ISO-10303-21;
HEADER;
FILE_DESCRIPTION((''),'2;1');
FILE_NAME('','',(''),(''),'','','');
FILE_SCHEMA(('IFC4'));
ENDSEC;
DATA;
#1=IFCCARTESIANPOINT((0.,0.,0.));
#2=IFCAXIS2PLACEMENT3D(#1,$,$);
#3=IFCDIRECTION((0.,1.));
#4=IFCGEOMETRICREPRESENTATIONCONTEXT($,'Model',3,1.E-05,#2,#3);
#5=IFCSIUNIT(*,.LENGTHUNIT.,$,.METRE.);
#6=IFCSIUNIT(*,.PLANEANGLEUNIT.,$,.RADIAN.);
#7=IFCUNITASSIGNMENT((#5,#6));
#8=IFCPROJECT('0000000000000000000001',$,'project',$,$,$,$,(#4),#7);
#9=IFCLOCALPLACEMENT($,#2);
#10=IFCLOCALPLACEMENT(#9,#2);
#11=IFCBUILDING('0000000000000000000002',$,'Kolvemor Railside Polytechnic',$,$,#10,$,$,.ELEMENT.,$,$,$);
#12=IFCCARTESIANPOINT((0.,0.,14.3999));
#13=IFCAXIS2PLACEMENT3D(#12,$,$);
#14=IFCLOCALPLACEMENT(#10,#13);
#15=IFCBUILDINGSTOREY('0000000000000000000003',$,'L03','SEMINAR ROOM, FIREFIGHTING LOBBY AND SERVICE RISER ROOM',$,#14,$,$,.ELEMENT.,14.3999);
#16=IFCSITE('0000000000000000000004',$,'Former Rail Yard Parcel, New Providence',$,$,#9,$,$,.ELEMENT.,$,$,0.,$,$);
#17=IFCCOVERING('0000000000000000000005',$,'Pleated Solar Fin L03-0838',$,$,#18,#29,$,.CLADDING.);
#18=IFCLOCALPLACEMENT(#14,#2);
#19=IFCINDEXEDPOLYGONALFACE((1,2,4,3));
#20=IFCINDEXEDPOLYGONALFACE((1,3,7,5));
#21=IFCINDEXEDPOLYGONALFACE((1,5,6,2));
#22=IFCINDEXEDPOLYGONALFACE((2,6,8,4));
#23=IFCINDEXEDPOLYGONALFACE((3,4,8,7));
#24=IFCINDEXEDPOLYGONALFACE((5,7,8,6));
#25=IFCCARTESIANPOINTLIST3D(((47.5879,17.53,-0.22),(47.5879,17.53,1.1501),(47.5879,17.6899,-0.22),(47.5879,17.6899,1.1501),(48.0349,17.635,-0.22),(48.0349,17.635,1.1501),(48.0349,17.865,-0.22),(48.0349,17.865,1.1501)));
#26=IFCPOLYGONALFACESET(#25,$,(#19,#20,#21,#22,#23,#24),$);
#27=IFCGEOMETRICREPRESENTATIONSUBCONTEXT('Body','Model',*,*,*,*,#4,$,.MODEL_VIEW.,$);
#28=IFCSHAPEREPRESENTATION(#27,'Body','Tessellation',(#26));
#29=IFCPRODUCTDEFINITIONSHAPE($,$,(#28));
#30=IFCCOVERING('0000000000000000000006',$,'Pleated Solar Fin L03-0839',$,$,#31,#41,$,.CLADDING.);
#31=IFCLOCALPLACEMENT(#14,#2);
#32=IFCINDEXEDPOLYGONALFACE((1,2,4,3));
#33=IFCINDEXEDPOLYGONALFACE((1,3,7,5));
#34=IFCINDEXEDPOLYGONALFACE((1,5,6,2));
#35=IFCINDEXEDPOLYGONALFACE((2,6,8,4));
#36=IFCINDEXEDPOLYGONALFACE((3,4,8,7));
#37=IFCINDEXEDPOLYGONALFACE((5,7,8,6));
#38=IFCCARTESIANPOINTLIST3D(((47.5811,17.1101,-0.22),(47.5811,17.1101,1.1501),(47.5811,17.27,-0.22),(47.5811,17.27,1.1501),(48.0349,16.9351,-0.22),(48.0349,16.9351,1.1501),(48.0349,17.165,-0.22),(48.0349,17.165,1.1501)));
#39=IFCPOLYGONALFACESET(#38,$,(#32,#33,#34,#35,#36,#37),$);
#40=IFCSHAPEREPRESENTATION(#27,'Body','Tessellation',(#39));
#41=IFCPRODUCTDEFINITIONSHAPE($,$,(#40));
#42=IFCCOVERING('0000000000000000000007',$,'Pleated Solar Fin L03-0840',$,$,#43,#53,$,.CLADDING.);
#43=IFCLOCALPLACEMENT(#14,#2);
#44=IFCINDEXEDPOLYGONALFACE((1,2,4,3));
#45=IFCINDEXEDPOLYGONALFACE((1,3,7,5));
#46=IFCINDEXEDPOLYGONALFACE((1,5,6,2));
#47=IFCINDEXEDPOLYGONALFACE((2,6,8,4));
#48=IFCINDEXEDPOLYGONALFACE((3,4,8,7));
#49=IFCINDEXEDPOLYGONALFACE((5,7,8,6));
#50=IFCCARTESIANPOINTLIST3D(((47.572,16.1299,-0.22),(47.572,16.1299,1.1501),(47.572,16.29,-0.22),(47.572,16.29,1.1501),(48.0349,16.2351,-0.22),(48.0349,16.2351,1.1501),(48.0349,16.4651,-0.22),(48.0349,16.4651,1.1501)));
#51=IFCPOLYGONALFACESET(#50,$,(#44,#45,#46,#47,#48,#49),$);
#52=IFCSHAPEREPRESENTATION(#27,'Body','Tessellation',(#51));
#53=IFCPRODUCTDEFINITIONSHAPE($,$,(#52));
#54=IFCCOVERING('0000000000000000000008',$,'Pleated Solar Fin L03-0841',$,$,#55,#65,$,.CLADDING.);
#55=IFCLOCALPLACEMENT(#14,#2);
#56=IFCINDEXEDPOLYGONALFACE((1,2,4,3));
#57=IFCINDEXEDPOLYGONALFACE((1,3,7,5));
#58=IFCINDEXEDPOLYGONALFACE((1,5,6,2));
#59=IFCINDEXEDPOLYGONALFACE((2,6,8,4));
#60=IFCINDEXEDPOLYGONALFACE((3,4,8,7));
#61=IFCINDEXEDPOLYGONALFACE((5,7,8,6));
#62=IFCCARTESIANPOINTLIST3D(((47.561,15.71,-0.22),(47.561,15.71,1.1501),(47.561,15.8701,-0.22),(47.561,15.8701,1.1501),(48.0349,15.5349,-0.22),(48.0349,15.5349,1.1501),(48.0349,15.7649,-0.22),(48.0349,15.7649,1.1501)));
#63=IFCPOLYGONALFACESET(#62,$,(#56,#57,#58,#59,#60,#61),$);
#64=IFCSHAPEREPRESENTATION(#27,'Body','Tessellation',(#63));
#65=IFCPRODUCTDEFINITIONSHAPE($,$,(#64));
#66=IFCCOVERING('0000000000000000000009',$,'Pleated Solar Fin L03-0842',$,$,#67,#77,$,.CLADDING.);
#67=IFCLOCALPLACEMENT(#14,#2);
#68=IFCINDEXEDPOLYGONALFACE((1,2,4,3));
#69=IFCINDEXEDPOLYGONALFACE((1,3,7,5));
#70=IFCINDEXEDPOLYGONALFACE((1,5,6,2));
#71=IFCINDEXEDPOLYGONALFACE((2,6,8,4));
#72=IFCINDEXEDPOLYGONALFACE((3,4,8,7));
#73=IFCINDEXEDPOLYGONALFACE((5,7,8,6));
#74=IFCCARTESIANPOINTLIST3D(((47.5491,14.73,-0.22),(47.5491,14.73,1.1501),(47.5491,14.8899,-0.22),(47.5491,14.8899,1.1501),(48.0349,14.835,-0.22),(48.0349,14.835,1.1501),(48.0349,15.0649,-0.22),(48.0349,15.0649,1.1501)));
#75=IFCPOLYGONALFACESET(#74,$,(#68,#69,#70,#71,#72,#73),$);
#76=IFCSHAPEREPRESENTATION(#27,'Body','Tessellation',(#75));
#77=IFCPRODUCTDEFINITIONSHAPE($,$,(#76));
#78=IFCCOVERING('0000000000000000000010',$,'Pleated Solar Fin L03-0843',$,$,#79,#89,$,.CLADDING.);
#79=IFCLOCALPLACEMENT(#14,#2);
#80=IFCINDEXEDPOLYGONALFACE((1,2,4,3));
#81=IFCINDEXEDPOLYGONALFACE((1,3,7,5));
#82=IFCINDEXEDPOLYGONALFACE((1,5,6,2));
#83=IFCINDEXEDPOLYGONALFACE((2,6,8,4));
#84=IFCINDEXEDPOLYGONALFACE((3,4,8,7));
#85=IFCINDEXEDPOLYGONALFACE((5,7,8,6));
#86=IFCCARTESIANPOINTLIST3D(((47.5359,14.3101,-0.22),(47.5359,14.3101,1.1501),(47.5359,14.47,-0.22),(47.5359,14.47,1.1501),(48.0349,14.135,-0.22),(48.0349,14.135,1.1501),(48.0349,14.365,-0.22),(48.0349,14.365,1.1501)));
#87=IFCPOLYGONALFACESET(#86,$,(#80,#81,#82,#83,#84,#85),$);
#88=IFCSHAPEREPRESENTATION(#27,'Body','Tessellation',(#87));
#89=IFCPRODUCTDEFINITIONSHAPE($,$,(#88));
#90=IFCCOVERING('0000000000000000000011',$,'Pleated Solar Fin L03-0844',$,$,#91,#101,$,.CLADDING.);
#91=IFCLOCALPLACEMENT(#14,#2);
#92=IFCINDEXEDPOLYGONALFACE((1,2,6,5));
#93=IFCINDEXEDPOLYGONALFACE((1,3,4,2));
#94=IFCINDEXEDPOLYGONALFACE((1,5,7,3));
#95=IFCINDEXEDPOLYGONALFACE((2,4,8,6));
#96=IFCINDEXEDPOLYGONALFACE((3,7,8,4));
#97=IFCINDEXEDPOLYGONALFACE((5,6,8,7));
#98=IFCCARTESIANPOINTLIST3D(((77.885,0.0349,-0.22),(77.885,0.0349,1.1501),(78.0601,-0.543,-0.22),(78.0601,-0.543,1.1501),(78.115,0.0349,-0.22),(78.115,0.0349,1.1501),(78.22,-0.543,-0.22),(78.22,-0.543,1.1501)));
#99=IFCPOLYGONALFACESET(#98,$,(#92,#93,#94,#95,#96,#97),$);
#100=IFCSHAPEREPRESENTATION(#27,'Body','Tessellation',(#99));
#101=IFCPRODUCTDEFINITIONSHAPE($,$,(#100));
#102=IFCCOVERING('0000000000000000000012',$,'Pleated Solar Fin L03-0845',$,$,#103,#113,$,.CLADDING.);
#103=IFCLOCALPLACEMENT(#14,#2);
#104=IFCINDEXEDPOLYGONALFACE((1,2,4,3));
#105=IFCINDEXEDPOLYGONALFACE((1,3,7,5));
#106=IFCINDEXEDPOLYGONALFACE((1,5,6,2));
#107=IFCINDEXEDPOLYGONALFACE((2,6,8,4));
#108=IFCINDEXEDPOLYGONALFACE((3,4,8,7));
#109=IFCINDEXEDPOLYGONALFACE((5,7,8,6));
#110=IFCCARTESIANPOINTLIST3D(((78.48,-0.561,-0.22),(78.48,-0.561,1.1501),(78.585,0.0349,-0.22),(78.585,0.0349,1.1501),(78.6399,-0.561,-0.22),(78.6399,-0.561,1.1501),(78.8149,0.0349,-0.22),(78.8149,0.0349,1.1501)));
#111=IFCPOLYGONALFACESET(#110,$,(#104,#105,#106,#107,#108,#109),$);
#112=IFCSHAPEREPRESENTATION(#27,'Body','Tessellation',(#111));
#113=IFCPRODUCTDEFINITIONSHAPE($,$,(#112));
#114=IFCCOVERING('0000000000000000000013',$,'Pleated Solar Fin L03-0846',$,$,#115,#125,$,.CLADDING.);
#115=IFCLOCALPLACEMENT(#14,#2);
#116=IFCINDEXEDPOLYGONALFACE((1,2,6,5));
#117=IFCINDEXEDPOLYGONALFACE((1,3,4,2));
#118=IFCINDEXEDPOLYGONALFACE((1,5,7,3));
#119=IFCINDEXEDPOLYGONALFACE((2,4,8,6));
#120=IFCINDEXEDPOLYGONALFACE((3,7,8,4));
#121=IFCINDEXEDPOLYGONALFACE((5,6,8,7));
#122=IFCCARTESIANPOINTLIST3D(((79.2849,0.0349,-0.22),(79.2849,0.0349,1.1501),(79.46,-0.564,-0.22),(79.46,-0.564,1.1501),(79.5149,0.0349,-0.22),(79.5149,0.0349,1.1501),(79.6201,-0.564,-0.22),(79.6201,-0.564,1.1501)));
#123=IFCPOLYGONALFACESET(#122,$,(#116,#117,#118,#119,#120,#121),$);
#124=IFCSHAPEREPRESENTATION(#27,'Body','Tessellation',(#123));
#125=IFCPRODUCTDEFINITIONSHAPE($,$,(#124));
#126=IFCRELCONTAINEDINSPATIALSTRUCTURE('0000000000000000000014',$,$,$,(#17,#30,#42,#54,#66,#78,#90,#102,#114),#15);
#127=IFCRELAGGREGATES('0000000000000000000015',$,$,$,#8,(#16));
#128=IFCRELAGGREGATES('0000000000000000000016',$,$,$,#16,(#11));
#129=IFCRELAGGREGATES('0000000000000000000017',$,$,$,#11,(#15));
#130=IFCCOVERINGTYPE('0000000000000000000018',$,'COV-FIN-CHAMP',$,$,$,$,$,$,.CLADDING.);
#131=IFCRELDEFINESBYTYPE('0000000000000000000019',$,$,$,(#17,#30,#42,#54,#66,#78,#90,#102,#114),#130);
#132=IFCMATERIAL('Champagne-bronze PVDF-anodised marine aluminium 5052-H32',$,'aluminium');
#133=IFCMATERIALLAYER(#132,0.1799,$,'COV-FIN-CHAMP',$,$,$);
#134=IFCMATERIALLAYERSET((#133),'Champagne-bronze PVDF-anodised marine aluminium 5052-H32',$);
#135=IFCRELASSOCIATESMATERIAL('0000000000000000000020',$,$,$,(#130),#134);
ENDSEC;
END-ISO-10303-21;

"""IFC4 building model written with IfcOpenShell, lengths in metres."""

from ifc_helpers import new_model, si_unit, direction, frame, origin, place, context, subcontext, project, spatial, polyline, outline, extrude, material, layer, layer_set, type_object, element, save


model = new_model("IFC4")

# Units and contexts
model_context = context("Model", 3, precision=1e-05, world=origin(), true_north=direction((0.0, 1.0)))
body_context = subcontext(model_context, "Body", "Model", "MODEL_VIEW")
ifc_project = project(units=[si_unit("LENGTHUNIT", "METRE"), si_unit("PLANEANGLEUNIT", "RADIAN")], contexts=[model_context])

# Site, building, storey
site_placement = place(None, origin())
site = spatial("IfcSite", under=ifc_project, at=site_placement, Name="Former Rail Yard Parcel, New Providence", CompositionType="ELEMENT", RefElevation=0.0)
building_placement = place(site_placement, origin())
building = spatial("IfcBuilding", under=site, at=building_placement, Name="Kolvemor Railside Polytechnic", CompositionType="ELEMENT")
storey_placement = place(building_placement, frame((0.0, 0.0, 14.3999)))
storey = spatial("IfcBuildingStorey", under=building, at=storey_placement, Name="L03", Description="SEMINAR ROOM, FIREFIGHTING LOBBY AND SERVICE RISER ROOM", CompositionType="ELEMENT", Elevation=14.3999)

# Coverings
ifc_material = material(Name="Champagne-bronze PVDF-anodised marine aluminium 5052-H32", Category="aluminium")
ifc_layer = layer(ifc_material, 0.1799, Name="COV-FIN-CHAMP")
ifc_layer_set = layer_set([ifc_layer], Name="Champagne-bronze PVDF-anodised marine aluminium 5052-H32")
covering_type = type_object("IfcCoveringType", Name="COV-FIN-CHAMP", PredefinedType="CLADDING", material=ifc_layer_set)
covering_1_placement = place(storey_placement, frame((0.0, 0.0, -0.22)))
element("IfcCovering", 1, at=covering_1_placement, inside=storey, type_object=covering_type, Name="Pleated Solar Fin L03-0838", PredefinedType="CLADDING", context=body_context, shape_type="SweptSolid", body=[
    extrude(outline(polyline([(48.0349, 17.865), (48.0349, 17.635), (47.5879, 17.53), (47.5879, 17.6899), (48.0349, 17.865)])), origin(), (0.0, 0.0, 1.0), 1.3701),
])
covering_2_placement = place(storey_placement, frame((0.0, 0.0, -0.22)))
element("IfcCovering", 2, at=covering_2_placement, inside=storey, type_object=covering_type, Name="Pleated Solar Fin L03-0839", PredefinedType="CLADDING", context=body_context, shape_type="SweptSolid", body=[
    extrude(outline(polyline([(48.0349, 17.165), (48.0349, 16.9351), (47.5811, 17.1101), (47.5811, 17.27), (48.0349, 17.165)])), origin(), (0.0, 0.0, 1.0), 1.3701),
])
covering_3_placement = place(storey_placement, frame((0.0, 0.0, -0.22)))
element("IfcCovering", 3, at=covering_3_placement, inside=storey, type_object=covering_type, Name="Pleated Solar Fin L03-0840", PredefinedType="CLADDING", context=body_context, shape_type="SweptSolid", body=[
    extrude(outline(polyline([(48.0349, 16.4651), (48.0349, 16.2351), (47.572, 16.1299), (47.572, 16.29), (48.0349, 16.4651)])), origin(), (0.0, 0.0, 1.0), 1.3701),
])
covering_4_placement = place(storey_placement, frame((0.0, 0.0, -0.22)))
element("IfcCovering", 4, at=covering_4_placement, inside=storey, type_object=covering_type, Name="Pleated Solar Fin L03-0841", PredefinedType="CLADDING", context=body_context, shape_type="SweptSolid", body=[
    extrude(outline(polyline([(48.0349, 15.7649), (48.0349, 15.5349), (47.561, 15.71), (47.561, 15.8701), (48.0349, 15.7649)])), origin(), (0.0, 0.0, 1.0), 1.3701),
])
covering_5_placement = place(storey_placement, frame((0.0, 0.0, -0.22)))
element("IfcCovering", 5, at=covering_5_placement, inside=storey, type_object=covering_type, Name="Pleated Solar Fin L03-0842", PredefinedType="CLADDING", context=body_context, shape_type="SweptSolid", body=[
    extrude(outline(polyline([(48.0349, 15.0649), (48.0349, 14.835), (47.5491, 14.73), (47.5491, 14.8899), (48.0349, 15.0649)])), origin(), (0.0, 0.0, 1.0), 1.3701),
])
covering_6_placement = place(storey_placement, frame((0.0, 0.0, -0.22)))
element("IfcCovering", 6, at=covering_6_placement, inside=storey, type_object=covering_type, Name="Pleated Solar Fin L03-0843", PredefinedType="CLADDING", context=body_context, shape_type="SweptSolid", body=[
    extrude(outline(polyline([(48.0349, 14.365), (48.0349, 14.135), (47.5359, 14.3101), (47.5359, 14.47), (48.0349, 14.365)])), origin(), (0.0, 0.0, 1.0), 1.3701),
])
covering_7_placement = place(storey_placement, frame((0.0, 0.0, -0.22)))
element("IfcCovering", 7, at=covering_7_placement, inside=storey, type_object=covering_type, Name="Pleated Solar Fin L03-0844", PredefinedType="CLADDING", context=body_context, shape_type="SweptSolid", body=[
    extrude(outline(polyline([(77.885, 0.0349), (78.115, 0.0349), (78.22, -0.543), (78.0601, -0.543), (77.885, 0.0349)])), origin(), (0.0, 0.0, 1.0), 1.3701),
])
covering_8_placement = place(storey_placement, frame((0.0, 0.0, -0.22)))
element("IfcCovering", 8, at=covering_8_placement, inside=storey, type_object=covering_type, Name="Pleated Solar Fin L03-0845", PredefinedType="CLADDING", context=body_context, shape_type="SweptSolid", body=[
    extrude(outline(polyline([(78.585, 0.0349), (78.8149, 0.0349), (78.6399, -0.561), (78.48, -0.561), (78.585, 0.0349)])), origin(), (0.0, 0.0, 1.0), 1.3701),
])
covering_9_placement = place(storey_placement, frame((0.0, 0.0, -0.22)))
element("IfcCovering", 9, at=covering_9_placement, inside=storey, type_object=covering_type, Name="Pleated Solar Fin L03-0846", PredefinedType="CLADDING", context=body_context, shape_type="SweptSolid", body=[
    extrude(outline(polyline([(79.2849, 0.0349), (79.5149, 0.0349), (79.6201, -0.564), (79.46, -0.564), (79.2849, 0.0349)])), origin(), (0.0, 0.0, 1.0), 1.3701),
])

save(model, "model.ifc")
